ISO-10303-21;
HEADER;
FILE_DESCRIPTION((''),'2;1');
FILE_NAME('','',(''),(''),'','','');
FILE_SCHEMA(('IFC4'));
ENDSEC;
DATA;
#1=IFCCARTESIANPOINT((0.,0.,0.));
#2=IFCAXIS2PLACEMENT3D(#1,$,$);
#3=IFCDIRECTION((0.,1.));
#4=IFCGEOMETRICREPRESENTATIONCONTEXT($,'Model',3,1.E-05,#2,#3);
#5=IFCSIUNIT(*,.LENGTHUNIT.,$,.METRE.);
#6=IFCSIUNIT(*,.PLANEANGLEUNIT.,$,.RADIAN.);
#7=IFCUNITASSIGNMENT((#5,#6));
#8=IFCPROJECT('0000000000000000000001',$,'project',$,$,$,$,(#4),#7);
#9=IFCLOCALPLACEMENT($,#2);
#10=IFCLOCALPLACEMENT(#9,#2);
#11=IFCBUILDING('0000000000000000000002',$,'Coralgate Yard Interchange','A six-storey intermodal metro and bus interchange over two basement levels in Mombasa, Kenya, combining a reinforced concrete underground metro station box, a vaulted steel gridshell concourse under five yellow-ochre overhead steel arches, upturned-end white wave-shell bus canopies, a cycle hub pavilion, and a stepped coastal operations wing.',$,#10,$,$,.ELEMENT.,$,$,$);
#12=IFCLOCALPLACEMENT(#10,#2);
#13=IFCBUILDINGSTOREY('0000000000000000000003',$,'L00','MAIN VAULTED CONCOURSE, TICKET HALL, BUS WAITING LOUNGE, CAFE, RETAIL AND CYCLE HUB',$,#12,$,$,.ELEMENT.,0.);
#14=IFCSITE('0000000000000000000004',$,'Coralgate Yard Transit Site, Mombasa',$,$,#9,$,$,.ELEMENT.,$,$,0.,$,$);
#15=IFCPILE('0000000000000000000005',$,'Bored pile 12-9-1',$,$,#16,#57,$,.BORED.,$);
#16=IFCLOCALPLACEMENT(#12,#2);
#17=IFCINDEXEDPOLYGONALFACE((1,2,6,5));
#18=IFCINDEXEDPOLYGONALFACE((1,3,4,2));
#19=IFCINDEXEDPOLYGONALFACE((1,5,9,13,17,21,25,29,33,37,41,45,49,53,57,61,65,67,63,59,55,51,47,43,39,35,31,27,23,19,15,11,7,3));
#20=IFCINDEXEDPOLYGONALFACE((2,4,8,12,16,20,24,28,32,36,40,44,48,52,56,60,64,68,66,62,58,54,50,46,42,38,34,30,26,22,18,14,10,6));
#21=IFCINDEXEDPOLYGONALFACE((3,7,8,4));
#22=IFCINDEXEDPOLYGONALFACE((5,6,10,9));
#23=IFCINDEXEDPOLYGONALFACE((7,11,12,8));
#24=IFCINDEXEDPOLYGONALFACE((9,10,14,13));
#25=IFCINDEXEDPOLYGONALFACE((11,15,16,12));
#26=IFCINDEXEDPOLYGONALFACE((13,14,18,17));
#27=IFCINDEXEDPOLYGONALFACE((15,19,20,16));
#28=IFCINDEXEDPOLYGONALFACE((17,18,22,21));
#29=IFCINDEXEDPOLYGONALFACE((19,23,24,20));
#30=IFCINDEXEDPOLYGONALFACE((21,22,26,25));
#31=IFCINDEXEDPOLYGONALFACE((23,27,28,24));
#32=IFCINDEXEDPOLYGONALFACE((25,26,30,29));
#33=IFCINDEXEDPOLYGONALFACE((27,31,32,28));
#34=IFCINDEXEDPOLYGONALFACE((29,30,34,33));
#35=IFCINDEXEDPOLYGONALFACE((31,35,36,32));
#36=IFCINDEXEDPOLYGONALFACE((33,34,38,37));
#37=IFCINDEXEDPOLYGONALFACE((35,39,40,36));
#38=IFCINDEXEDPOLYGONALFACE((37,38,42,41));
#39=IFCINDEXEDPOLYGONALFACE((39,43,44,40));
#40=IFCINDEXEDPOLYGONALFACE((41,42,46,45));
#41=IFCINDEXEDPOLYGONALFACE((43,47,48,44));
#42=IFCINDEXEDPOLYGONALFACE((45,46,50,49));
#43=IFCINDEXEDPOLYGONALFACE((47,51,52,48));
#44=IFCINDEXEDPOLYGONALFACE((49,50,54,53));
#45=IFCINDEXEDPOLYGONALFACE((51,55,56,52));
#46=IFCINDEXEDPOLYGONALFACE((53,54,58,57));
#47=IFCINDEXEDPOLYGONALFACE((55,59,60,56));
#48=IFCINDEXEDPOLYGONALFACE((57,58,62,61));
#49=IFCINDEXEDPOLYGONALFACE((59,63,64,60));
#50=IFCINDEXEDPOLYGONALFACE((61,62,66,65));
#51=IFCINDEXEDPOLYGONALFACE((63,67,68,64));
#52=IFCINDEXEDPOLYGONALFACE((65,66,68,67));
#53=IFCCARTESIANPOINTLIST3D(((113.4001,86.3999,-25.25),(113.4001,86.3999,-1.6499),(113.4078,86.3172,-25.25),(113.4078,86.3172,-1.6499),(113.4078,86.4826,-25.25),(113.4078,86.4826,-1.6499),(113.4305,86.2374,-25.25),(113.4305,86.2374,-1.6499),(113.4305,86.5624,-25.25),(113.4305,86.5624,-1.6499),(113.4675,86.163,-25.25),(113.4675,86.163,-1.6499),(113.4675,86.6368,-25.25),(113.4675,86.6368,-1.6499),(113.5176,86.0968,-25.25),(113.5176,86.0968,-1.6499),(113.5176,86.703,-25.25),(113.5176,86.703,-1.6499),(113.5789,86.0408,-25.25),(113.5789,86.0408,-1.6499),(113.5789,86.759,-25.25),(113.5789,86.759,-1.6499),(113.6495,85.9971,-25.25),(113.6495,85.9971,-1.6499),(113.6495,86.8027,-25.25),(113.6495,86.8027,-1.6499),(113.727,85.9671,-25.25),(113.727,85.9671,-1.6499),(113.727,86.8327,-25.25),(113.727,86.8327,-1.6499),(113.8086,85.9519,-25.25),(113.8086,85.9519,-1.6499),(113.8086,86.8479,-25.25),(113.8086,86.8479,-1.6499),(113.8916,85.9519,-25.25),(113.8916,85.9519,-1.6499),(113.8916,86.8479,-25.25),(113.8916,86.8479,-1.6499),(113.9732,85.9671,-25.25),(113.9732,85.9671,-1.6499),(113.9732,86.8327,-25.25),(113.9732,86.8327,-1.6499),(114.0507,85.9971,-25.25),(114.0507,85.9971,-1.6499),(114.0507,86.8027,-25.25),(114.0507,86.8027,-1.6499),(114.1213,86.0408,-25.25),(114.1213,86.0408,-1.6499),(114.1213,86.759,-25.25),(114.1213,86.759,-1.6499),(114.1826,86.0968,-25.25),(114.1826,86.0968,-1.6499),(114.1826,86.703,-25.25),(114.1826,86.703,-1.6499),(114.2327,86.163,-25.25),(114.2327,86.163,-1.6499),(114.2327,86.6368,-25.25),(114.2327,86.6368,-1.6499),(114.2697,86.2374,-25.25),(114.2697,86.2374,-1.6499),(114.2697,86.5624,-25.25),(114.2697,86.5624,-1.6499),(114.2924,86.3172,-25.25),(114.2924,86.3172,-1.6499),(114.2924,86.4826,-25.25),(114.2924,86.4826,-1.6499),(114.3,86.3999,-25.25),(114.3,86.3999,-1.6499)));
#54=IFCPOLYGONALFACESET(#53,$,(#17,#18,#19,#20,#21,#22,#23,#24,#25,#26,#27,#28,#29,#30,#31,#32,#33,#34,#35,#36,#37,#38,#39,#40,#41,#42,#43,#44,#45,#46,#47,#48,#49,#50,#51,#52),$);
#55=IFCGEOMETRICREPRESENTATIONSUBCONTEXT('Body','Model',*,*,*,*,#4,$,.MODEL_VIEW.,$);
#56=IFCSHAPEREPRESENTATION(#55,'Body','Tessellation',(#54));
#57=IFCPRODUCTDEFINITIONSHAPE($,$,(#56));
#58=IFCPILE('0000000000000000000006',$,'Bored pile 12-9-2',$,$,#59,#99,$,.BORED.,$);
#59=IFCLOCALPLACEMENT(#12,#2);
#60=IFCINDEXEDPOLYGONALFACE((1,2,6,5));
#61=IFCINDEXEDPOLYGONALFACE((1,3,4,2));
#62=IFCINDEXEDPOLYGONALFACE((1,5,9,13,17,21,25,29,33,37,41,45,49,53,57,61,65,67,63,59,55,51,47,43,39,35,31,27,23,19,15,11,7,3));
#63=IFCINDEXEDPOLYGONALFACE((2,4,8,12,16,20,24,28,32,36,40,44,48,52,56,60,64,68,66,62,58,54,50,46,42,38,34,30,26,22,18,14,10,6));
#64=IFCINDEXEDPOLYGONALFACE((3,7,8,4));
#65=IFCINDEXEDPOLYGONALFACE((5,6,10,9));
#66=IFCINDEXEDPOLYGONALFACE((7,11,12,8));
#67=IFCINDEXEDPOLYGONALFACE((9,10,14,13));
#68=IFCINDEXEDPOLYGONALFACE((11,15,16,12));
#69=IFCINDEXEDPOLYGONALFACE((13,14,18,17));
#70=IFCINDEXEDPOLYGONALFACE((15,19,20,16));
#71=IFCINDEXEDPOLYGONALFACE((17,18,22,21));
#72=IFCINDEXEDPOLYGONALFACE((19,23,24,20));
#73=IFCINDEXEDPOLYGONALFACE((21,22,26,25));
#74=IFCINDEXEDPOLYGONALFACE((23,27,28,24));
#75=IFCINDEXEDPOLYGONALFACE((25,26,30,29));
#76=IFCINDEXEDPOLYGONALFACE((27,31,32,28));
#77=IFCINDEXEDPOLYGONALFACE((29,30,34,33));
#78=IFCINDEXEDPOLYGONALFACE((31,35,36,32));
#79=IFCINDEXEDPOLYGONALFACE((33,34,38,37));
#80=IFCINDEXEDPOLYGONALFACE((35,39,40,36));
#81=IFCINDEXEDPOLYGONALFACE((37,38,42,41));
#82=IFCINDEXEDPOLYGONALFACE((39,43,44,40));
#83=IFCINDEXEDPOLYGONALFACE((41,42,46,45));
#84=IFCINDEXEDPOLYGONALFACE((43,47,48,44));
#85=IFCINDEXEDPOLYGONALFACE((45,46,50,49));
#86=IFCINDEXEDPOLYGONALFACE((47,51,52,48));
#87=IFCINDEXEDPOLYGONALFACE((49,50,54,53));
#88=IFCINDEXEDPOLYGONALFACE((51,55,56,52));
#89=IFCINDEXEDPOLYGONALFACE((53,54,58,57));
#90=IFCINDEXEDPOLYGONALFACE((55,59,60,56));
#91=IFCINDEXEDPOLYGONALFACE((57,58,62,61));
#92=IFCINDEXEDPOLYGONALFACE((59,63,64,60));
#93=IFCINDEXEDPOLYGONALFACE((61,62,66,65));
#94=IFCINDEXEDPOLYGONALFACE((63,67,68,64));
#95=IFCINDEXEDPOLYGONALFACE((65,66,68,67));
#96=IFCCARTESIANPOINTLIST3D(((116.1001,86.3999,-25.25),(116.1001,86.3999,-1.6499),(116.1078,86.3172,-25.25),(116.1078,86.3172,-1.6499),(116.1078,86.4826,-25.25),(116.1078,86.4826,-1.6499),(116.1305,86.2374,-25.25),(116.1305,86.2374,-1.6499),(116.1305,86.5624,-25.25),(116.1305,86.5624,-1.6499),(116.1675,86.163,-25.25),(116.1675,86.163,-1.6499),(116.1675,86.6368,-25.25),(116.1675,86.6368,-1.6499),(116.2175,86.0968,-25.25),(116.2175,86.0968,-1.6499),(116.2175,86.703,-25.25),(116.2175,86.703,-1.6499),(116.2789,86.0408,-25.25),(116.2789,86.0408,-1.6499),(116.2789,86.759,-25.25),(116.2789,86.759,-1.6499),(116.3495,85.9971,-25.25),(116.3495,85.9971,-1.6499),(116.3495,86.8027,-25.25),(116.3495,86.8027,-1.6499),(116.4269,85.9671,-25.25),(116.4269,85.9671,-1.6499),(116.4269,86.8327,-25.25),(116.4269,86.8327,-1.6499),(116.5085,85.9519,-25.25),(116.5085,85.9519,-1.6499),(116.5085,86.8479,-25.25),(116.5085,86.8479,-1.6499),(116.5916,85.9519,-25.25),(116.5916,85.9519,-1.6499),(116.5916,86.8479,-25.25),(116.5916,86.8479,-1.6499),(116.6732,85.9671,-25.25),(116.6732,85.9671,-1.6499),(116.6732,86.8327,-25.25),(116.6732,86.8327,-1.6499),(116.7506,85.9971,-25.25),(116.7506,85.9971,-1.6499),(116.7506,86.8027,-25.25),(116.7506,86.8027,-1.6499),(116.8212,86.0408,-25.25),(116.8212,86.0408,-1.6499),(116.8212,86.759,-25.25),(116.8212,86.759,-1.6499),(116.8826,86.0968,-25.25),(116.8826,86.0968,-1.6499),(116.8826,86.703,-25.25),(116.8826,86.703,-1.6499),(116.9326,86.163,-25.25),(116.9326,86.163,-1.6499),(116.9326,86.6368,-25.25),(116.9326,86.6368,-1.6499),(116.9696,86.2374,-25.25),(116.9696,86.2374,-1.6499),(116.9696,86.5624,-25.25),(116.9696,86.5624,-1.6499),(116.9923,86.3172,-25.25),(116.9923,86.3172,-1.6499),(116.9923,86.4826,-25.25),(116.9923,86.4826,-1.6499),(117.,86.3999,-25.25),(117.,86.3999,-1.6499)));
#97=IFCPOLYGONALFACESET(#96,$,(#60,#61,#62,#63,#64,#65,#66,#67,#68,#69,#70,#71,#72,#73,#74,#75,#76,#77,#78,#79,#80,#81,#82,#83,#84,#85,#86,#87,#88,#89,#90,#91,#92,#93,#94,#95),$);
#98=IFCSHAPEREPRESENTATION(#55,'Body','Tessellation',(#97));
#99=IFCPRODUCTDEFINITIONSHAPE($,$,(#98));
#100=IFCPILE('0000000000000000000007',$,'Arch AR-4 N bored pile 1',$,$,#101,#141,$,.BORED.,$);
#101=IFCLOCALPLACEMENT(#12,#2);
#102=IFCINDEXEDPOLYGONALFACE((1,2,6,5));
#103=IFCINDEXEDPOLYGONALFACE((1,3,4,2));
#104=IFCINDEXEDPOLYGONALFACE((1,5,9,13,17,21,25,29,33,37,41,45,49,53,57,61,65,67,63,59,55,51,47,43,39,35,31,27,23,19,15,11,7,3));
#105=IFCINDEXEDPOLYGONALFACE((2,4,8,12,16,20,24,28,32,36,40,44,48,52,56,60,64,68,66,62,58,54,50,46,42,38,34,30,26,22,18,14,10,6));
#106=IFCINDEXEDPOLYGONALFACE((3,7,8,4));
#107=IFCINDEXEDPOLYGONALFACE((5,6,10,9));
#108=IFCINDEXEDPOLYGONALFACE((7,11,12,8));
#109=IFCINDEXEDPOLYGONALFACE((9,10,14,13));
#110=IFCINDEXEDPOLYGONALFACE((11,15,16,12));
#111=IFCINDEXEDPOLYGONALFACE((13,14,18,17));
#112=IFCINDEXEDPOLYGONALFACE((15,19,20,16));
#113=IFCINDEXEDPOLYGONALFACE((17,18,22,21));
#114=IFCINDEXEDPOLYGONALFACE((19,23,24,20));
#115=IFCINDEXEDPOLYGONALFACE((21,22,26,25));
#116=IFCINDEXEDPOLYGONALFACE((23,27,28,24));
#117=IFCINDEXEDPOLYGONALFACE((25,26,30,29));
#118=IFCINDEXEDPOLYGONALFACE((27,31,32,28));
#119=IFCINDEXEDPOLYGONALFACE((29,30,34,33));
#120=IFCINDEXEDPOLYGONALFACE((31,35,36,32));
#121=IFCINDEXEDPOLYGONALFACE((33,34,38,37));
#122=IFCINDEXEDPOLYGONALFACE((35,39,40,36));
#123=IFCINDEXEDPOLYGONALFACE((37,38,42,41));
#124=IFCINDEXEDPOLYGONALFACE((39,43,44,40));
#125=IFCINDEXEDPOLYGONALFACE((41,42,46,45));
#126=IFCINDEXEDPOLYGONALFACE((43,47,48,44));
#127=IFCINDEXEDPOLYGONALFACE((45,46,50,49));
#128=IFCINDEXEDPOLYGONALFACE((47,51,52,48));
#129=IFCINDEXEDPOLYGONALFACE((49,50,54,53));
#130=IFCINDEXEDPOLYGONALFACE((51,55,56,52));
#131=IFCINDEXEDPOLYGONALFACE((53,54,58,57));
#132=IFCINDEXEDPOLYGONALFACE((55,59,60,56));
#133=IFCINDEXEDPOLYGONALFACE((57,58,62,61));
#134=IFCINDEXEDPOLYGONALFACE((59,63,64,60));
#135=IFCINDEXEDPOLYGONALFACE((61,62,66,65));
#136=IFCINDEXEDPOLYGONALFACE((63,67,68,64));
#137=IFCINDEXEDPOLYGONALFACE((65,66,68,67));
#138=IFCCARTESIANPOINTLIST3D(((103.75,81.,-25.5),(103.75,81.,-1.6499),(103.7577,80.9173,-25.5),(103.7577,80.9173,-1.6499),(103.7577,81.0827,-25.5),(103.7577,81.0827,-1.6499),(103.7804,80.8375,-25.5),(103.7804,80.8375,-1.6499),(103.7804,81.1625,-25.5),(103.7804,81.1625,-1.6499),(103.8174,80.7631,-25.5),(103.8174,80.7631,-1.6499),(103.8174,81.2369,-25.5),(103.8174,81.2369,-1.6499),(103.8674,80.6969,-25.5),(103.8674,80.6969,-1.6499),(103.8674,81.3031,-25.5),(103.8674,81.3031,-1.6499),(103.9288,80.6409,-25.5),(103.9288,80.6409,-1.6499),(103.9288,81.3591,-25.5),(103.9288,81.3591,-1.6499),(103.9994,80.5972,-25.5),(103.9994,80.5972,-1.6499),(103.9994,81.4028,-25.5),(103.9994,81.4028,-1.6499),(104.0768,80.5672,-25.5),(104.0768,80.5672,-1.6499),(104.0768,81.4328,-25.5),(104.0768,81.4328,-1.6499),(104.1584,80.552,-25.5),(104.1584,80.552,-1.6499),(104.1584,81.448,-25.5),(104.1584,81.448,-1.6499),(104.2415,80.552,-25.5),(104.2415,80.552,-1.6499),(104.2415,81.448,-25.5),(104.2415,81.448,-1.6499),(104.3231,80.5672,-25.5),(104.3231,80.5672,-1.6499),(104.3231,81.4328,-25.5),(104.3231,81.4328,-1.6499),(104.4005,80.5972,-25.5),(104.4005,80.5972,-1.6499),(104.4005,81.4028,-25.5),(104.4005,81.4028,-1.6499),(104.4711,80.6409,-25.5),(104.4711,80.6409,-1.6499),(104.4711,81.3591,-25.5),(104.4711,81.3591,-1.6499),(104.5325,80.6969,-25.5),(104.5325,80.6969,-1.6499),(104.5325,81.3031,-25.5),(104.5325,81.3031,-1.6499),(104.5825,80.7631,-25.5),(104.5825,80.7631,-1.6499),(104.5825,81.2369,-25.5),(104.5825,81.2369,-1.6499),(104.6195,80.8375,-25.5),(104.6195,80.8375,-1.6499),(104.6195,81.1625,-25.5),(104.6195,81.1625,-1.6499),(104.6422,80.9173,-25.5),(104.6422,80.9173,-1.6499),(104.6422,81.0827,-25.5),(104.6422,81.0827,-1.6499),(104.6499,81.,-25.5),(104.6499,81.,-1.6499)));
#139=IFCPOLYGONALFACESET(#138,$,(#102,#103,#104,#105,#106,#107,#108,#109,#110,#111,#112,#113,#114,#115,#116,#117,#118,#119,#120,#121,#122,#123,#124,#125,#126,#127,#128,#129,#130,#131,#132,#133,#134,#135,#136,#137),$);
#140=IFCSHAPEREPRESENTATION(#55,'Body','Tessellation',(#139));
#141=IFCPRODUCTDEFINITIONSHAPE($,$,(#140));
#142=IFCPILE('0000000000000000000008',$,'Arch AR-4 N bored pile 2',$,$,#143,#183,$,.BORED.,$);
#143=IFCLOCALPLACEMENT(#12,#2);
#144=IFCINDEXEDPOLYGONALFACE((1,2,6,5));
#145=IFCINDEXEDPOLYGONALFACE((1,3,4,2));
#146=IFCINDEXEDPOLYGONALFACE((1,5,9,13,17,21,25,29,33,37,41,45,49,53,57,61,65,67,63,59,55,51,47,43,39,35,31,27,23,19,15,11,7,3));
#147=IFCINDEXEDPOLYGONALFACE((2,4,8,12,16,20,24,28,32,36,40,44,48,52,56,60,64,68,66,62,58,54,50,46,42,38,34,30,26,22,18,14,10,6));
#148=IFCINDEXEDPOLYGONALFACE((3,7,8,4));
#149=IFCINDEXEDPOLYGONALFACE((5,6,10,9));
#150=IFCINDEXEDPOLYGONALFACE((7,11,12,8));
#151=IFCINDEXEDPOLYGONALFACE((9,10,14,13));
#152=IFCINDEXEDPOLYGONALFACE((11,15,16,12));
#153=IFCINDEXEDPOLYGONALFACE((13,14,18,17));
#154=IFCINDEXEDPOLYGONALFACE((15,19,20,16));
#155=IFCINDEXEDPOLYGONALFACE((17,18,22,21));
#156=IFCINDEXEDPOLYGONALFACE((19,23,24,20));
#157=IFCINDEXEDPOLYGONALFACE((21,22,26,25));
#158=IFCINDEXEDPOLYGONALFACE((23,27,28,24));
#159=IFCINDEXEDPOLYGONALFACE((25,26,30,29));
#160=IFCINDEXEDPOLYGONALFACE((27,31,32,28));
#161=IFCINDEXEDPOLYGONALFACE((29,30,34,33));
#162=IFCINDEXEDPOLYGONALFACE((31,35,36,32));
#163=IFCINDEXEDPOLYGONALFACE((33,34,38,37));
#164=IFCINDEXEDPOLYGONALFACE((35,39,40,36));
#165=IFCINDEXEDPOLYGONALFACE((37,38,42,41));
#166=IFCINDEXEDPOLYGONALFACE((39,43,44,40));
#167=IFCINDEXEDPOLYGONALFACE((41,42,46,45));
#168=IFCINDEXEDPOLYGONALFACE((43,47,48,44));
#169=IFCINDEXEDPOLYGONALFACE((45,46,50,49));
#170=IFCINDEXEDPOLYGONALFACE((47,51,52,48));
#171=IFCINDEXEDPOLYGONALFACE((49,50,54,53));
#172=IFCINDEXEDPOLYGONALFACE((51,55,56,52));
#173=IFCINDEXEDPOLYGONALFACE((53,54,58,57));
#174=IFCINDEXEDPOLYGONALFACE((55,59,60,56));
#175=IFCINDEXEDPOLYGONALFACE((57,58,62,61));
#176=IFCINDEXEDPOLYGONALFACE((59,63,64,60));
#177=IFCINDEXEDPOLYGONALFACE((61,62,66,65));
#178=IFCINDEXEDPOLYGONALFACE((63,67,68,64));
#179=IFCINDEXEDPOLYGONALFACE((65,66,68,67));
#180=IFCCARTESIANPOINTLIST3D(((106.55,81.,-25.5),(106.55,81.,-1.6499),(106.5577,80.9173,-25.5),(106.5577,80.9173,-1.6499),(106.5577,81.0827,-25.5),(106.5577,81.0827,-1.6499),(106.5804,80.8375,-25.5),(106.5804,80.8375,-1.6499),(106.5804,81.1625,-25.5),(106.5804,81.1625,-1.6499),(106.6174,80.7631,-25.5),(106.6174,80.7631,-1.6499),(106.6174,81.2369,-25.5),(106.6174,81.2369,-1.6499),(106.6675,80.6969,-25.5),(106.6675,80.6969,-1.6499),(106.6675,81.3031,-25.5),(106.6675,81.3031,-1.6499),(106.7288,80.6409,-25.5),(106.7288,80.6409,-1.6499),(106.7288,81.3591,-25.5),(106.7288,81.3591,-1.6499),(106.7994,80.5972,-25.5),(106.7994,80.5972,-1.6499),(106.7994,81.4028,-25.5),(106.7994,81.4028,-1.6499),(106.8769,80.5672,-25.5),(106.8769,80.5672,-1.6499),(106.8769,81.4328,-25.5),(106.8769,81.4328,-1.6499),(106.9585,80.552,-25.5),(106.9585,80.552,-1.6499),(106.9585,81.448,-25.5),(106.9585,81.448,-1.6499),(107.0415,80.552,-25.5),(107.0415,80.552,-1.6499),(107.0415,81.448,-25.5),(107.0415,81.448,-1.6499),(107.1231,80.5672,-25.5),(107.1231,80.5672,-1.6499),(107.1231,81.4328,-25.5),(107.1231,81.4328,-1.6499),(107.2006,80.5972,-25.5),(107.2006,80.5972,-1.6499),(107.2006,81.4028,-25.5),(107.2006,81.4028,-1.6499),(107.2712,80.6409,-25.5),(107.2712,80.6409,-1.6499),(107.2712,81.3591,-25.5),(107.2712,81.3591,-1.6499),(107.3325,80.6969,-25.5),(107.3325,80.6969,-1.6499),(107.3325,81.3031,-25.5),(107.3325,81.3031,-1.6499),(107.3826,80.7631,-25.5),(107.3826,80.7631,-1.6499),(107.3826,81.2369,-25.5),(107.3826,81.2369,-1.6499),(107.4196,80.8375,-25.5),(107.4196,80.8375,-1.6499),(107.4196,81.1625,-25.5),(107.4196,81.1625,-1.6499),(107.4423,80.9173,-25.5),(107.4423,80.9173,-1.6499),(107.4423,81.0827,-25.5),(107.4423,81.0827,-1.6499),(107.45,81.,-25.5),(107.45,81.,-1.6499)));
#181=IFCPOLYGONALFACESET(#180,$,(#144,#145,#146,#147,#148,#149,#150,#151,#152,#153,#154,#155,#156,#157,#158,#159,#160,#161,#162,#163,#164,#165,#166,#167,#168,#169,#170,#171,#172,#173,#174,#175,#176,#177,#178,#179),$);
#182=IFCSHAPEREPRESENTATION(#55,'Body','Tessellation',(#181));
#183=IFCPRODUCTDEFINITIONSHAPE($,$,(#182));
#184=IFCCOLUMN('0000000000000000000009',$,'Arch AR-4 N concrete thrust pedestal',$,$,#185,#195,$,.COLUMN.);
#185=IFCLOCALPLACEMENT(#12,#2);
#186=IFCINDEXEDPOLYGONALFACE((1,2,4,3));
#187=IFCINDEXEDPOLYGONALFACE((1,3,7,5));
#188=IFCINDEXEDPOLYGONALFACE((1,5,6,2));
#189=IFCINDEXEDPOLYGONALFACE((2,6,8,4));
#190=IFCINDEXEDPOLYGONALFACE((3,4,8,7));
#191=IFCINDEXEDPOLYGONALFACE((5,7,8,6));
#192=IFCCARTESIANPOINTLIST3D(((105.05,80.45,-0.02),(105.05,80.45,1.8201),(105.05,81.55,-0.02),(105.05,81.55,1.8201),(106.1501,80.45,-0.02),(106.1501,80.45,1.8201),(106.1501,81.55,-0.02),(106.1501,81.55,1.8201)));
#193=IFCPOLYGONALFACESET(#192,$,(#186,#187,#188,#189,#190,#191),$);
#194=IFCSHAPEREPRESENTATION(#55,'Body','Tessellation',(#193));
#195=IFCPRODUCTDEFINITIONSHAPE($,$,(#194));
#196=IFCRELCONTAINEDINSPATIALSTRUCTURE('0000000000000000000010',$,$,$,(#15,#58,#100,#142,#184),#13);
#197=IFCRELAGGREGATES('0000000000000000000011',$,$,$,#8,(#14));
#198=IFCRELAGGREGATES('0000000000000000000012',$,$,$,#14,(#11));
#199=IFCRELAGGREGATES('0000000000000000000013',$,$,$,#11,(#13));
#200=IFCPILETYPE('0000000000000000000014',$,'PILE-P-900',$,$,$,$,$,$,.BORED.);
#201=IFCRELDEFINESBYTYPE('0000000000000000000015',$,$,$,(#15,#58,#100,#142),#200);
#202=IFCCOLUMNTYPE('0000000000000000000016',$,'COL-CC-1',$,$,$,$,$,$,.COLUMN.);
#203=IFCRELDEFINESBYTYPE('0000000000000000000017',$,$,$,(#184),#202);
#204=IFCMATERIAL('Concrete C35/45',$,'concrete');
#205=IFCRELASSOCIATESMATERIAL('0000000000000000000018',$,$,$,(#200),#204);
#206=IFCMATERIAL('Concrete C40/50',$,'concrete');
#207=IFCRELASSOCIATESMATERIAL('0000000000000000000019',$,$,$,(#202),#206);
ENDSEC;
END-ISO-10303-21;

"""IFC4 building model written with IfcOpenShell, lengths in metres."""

from ifc_helpers import new_model, si_unit, direction, frame, origin, origin_2d, place, context, subcontext, project, spatial, rectangle, circle, extrude, material, material_profile, profile_set, type_object, element, save


model = new_model("IFC4")

# Units and contexts
model_context = context("Model", 3, precision=1e-05, world=origin(), true_north=direction((0.0, 1.0)))
body_context = subcontext(model_context, "Body", "Model", "MODEL_VIEW")
ifc_project = project(units=[si_unit("LENGTHUNIT", "METRE"), si_unit("PLANEANGLEUNIT", "RADIAN")], contexts=[model_context])

# Site, building, storey
site_placement = place(None, origin())
site = spatial("IfcSite", under=ifc_project, at=site_placement, Name="Coralgate Yard Transit Site, Mombasa", CompositionType="ELEMENT", RefElevation=0.0)
building_placement = place(site_placement, origin())
building = spatial("IfcBuilding", under=site, at=building_placement, Name="Coralgate Yard Interchange", Description="A six-storey intermodal metro and bus interchange over two basement levels in Mombasa, Kenya, combining a reinforced concrete underground metro station box, a vaulted steel gridshell concourse under five yellow-ochre overhead steel arches, upturned-end white wave-shell bus canopies, a cycle hub pavilion, and a stepped coastal operations wing.", CompositionType="ELEMENT")
storey_placement = place(building_placement, origin())
storey = spatial("IfcBuildingStorey", under=building, at=storey_placement, Name="L00", Description="MAIN VAULTED CONCOURSE, TICKET HALL, BUS WAITING LOUNGE, CAFE, RETAIL AND CYCLE HUB", CompositionType="ELEMENT", Elevation=0.0)

# Shared definitions
ifc_material_1 = material(Name="Concrete C40/50", Category="concrete")

# Piles
ifc_material_2 = material(Name="Concrete C35/45", Category="concrete")
ifc_material_profile_1 = material_profile(ifc_material_2, circle(Radius=0.45, at=origin_2d()), Name="BORED PILE D900")
ifc_profile_set_1 = profile_set([ifc_material_profile_1], Name="Concrete C35/45")
pile_type = type_object("IfcPileType", Name="PILE-P-900", PredefinedType="BORED", material=ifc_profile_set_1)
for number, where, z_axis, x_axis, name in (
    (1, (113.8501, 86.3999, -1.6499), (0.0, 0.0, -1.0), (1.0, 0.0, 0.0), "Bored pile 12-9-1"),
    (2, (116.55, 86.3999, -1.6499), (0.0, 0.0, -1.0), (1.0, 0.0, 0.0), "Bored pile 12-9-2"),
):
    element("IfcPile", number, at=place(storey_placement, frame(where, z_axis=z_axis, x_axis=x_axis)), inside=storey, type_object=pile_type, Name=name, PredefinedType="BORED", context=body_context, shape_type="SweptSolid", body=[
        extrude(circle(Radius=0.45, at=origin_2d()), origin(), (0.0, 0.0, 1.0), 23.6001),
    ])
for number, where, z_axis, x_axis, name in (
    (3, (104.2, 81.0, -1.6499), (0.0, 0.0, -1.0), (1.0, 0.0, 0.0), "Arch AR-4 N bored pile 1"),
    (4, (107.0, 81.0, -1.6499), (0.0, 0.0, -1.0), (1.0, 0.0, 0.0), "Arch AR-4 N bored pile 2"),
):
    element("IfcPile", number, at=place(storey_placement, frame(where, z_axis=z_axis, x_axis=x_axis)), inside=storey, type_object=pile_type, Name=name, PredefinedType="BORED", context=body_context, shape_type="SweptSolid", body=[
        extrude(circle(Radius=0.45, at=origin_2d()), origin(), (0.0, 0.0, 1.0), 23.8501),
    ])

# Column
ifc_material_profile_2 = material_profile(ifc_material_1, rectangle(XDim=1.1001, YDim=1.1001, at=origin_2d()), Name="RC 1100x1100")
ifc_profile_set_2 = profile_set([ifc_material_profile_2], Name="Concrete C40/50")
column_type_1 = type_object("IfcColumnType", Name="COL-CC-1", PredefinedType="COLUMN", material=ifc_profile_set_2)
column_placement = place(storey_placement, frame((105.6001, 81.0, -0.02), z_axis=(0.0, 0.0, 1.0), x_axis=(1.0, 0.0, 0.0)))
element("IfcColumn", 5, at=column_placement, inside=storey, type_object=column_type_1, Name="Arch AR-4 N concrete thrust pedestal", PredefinedType="COLUMN", context=body_context, shape_type="SweptSolid", body=[
    extrude(rectangle(XDim=1.1001, YDim=1.1001, at=origin_2d()), origin(), (0.0, 0.0, 1.0), 1.8401),
])

save(model, "model.ifc")
